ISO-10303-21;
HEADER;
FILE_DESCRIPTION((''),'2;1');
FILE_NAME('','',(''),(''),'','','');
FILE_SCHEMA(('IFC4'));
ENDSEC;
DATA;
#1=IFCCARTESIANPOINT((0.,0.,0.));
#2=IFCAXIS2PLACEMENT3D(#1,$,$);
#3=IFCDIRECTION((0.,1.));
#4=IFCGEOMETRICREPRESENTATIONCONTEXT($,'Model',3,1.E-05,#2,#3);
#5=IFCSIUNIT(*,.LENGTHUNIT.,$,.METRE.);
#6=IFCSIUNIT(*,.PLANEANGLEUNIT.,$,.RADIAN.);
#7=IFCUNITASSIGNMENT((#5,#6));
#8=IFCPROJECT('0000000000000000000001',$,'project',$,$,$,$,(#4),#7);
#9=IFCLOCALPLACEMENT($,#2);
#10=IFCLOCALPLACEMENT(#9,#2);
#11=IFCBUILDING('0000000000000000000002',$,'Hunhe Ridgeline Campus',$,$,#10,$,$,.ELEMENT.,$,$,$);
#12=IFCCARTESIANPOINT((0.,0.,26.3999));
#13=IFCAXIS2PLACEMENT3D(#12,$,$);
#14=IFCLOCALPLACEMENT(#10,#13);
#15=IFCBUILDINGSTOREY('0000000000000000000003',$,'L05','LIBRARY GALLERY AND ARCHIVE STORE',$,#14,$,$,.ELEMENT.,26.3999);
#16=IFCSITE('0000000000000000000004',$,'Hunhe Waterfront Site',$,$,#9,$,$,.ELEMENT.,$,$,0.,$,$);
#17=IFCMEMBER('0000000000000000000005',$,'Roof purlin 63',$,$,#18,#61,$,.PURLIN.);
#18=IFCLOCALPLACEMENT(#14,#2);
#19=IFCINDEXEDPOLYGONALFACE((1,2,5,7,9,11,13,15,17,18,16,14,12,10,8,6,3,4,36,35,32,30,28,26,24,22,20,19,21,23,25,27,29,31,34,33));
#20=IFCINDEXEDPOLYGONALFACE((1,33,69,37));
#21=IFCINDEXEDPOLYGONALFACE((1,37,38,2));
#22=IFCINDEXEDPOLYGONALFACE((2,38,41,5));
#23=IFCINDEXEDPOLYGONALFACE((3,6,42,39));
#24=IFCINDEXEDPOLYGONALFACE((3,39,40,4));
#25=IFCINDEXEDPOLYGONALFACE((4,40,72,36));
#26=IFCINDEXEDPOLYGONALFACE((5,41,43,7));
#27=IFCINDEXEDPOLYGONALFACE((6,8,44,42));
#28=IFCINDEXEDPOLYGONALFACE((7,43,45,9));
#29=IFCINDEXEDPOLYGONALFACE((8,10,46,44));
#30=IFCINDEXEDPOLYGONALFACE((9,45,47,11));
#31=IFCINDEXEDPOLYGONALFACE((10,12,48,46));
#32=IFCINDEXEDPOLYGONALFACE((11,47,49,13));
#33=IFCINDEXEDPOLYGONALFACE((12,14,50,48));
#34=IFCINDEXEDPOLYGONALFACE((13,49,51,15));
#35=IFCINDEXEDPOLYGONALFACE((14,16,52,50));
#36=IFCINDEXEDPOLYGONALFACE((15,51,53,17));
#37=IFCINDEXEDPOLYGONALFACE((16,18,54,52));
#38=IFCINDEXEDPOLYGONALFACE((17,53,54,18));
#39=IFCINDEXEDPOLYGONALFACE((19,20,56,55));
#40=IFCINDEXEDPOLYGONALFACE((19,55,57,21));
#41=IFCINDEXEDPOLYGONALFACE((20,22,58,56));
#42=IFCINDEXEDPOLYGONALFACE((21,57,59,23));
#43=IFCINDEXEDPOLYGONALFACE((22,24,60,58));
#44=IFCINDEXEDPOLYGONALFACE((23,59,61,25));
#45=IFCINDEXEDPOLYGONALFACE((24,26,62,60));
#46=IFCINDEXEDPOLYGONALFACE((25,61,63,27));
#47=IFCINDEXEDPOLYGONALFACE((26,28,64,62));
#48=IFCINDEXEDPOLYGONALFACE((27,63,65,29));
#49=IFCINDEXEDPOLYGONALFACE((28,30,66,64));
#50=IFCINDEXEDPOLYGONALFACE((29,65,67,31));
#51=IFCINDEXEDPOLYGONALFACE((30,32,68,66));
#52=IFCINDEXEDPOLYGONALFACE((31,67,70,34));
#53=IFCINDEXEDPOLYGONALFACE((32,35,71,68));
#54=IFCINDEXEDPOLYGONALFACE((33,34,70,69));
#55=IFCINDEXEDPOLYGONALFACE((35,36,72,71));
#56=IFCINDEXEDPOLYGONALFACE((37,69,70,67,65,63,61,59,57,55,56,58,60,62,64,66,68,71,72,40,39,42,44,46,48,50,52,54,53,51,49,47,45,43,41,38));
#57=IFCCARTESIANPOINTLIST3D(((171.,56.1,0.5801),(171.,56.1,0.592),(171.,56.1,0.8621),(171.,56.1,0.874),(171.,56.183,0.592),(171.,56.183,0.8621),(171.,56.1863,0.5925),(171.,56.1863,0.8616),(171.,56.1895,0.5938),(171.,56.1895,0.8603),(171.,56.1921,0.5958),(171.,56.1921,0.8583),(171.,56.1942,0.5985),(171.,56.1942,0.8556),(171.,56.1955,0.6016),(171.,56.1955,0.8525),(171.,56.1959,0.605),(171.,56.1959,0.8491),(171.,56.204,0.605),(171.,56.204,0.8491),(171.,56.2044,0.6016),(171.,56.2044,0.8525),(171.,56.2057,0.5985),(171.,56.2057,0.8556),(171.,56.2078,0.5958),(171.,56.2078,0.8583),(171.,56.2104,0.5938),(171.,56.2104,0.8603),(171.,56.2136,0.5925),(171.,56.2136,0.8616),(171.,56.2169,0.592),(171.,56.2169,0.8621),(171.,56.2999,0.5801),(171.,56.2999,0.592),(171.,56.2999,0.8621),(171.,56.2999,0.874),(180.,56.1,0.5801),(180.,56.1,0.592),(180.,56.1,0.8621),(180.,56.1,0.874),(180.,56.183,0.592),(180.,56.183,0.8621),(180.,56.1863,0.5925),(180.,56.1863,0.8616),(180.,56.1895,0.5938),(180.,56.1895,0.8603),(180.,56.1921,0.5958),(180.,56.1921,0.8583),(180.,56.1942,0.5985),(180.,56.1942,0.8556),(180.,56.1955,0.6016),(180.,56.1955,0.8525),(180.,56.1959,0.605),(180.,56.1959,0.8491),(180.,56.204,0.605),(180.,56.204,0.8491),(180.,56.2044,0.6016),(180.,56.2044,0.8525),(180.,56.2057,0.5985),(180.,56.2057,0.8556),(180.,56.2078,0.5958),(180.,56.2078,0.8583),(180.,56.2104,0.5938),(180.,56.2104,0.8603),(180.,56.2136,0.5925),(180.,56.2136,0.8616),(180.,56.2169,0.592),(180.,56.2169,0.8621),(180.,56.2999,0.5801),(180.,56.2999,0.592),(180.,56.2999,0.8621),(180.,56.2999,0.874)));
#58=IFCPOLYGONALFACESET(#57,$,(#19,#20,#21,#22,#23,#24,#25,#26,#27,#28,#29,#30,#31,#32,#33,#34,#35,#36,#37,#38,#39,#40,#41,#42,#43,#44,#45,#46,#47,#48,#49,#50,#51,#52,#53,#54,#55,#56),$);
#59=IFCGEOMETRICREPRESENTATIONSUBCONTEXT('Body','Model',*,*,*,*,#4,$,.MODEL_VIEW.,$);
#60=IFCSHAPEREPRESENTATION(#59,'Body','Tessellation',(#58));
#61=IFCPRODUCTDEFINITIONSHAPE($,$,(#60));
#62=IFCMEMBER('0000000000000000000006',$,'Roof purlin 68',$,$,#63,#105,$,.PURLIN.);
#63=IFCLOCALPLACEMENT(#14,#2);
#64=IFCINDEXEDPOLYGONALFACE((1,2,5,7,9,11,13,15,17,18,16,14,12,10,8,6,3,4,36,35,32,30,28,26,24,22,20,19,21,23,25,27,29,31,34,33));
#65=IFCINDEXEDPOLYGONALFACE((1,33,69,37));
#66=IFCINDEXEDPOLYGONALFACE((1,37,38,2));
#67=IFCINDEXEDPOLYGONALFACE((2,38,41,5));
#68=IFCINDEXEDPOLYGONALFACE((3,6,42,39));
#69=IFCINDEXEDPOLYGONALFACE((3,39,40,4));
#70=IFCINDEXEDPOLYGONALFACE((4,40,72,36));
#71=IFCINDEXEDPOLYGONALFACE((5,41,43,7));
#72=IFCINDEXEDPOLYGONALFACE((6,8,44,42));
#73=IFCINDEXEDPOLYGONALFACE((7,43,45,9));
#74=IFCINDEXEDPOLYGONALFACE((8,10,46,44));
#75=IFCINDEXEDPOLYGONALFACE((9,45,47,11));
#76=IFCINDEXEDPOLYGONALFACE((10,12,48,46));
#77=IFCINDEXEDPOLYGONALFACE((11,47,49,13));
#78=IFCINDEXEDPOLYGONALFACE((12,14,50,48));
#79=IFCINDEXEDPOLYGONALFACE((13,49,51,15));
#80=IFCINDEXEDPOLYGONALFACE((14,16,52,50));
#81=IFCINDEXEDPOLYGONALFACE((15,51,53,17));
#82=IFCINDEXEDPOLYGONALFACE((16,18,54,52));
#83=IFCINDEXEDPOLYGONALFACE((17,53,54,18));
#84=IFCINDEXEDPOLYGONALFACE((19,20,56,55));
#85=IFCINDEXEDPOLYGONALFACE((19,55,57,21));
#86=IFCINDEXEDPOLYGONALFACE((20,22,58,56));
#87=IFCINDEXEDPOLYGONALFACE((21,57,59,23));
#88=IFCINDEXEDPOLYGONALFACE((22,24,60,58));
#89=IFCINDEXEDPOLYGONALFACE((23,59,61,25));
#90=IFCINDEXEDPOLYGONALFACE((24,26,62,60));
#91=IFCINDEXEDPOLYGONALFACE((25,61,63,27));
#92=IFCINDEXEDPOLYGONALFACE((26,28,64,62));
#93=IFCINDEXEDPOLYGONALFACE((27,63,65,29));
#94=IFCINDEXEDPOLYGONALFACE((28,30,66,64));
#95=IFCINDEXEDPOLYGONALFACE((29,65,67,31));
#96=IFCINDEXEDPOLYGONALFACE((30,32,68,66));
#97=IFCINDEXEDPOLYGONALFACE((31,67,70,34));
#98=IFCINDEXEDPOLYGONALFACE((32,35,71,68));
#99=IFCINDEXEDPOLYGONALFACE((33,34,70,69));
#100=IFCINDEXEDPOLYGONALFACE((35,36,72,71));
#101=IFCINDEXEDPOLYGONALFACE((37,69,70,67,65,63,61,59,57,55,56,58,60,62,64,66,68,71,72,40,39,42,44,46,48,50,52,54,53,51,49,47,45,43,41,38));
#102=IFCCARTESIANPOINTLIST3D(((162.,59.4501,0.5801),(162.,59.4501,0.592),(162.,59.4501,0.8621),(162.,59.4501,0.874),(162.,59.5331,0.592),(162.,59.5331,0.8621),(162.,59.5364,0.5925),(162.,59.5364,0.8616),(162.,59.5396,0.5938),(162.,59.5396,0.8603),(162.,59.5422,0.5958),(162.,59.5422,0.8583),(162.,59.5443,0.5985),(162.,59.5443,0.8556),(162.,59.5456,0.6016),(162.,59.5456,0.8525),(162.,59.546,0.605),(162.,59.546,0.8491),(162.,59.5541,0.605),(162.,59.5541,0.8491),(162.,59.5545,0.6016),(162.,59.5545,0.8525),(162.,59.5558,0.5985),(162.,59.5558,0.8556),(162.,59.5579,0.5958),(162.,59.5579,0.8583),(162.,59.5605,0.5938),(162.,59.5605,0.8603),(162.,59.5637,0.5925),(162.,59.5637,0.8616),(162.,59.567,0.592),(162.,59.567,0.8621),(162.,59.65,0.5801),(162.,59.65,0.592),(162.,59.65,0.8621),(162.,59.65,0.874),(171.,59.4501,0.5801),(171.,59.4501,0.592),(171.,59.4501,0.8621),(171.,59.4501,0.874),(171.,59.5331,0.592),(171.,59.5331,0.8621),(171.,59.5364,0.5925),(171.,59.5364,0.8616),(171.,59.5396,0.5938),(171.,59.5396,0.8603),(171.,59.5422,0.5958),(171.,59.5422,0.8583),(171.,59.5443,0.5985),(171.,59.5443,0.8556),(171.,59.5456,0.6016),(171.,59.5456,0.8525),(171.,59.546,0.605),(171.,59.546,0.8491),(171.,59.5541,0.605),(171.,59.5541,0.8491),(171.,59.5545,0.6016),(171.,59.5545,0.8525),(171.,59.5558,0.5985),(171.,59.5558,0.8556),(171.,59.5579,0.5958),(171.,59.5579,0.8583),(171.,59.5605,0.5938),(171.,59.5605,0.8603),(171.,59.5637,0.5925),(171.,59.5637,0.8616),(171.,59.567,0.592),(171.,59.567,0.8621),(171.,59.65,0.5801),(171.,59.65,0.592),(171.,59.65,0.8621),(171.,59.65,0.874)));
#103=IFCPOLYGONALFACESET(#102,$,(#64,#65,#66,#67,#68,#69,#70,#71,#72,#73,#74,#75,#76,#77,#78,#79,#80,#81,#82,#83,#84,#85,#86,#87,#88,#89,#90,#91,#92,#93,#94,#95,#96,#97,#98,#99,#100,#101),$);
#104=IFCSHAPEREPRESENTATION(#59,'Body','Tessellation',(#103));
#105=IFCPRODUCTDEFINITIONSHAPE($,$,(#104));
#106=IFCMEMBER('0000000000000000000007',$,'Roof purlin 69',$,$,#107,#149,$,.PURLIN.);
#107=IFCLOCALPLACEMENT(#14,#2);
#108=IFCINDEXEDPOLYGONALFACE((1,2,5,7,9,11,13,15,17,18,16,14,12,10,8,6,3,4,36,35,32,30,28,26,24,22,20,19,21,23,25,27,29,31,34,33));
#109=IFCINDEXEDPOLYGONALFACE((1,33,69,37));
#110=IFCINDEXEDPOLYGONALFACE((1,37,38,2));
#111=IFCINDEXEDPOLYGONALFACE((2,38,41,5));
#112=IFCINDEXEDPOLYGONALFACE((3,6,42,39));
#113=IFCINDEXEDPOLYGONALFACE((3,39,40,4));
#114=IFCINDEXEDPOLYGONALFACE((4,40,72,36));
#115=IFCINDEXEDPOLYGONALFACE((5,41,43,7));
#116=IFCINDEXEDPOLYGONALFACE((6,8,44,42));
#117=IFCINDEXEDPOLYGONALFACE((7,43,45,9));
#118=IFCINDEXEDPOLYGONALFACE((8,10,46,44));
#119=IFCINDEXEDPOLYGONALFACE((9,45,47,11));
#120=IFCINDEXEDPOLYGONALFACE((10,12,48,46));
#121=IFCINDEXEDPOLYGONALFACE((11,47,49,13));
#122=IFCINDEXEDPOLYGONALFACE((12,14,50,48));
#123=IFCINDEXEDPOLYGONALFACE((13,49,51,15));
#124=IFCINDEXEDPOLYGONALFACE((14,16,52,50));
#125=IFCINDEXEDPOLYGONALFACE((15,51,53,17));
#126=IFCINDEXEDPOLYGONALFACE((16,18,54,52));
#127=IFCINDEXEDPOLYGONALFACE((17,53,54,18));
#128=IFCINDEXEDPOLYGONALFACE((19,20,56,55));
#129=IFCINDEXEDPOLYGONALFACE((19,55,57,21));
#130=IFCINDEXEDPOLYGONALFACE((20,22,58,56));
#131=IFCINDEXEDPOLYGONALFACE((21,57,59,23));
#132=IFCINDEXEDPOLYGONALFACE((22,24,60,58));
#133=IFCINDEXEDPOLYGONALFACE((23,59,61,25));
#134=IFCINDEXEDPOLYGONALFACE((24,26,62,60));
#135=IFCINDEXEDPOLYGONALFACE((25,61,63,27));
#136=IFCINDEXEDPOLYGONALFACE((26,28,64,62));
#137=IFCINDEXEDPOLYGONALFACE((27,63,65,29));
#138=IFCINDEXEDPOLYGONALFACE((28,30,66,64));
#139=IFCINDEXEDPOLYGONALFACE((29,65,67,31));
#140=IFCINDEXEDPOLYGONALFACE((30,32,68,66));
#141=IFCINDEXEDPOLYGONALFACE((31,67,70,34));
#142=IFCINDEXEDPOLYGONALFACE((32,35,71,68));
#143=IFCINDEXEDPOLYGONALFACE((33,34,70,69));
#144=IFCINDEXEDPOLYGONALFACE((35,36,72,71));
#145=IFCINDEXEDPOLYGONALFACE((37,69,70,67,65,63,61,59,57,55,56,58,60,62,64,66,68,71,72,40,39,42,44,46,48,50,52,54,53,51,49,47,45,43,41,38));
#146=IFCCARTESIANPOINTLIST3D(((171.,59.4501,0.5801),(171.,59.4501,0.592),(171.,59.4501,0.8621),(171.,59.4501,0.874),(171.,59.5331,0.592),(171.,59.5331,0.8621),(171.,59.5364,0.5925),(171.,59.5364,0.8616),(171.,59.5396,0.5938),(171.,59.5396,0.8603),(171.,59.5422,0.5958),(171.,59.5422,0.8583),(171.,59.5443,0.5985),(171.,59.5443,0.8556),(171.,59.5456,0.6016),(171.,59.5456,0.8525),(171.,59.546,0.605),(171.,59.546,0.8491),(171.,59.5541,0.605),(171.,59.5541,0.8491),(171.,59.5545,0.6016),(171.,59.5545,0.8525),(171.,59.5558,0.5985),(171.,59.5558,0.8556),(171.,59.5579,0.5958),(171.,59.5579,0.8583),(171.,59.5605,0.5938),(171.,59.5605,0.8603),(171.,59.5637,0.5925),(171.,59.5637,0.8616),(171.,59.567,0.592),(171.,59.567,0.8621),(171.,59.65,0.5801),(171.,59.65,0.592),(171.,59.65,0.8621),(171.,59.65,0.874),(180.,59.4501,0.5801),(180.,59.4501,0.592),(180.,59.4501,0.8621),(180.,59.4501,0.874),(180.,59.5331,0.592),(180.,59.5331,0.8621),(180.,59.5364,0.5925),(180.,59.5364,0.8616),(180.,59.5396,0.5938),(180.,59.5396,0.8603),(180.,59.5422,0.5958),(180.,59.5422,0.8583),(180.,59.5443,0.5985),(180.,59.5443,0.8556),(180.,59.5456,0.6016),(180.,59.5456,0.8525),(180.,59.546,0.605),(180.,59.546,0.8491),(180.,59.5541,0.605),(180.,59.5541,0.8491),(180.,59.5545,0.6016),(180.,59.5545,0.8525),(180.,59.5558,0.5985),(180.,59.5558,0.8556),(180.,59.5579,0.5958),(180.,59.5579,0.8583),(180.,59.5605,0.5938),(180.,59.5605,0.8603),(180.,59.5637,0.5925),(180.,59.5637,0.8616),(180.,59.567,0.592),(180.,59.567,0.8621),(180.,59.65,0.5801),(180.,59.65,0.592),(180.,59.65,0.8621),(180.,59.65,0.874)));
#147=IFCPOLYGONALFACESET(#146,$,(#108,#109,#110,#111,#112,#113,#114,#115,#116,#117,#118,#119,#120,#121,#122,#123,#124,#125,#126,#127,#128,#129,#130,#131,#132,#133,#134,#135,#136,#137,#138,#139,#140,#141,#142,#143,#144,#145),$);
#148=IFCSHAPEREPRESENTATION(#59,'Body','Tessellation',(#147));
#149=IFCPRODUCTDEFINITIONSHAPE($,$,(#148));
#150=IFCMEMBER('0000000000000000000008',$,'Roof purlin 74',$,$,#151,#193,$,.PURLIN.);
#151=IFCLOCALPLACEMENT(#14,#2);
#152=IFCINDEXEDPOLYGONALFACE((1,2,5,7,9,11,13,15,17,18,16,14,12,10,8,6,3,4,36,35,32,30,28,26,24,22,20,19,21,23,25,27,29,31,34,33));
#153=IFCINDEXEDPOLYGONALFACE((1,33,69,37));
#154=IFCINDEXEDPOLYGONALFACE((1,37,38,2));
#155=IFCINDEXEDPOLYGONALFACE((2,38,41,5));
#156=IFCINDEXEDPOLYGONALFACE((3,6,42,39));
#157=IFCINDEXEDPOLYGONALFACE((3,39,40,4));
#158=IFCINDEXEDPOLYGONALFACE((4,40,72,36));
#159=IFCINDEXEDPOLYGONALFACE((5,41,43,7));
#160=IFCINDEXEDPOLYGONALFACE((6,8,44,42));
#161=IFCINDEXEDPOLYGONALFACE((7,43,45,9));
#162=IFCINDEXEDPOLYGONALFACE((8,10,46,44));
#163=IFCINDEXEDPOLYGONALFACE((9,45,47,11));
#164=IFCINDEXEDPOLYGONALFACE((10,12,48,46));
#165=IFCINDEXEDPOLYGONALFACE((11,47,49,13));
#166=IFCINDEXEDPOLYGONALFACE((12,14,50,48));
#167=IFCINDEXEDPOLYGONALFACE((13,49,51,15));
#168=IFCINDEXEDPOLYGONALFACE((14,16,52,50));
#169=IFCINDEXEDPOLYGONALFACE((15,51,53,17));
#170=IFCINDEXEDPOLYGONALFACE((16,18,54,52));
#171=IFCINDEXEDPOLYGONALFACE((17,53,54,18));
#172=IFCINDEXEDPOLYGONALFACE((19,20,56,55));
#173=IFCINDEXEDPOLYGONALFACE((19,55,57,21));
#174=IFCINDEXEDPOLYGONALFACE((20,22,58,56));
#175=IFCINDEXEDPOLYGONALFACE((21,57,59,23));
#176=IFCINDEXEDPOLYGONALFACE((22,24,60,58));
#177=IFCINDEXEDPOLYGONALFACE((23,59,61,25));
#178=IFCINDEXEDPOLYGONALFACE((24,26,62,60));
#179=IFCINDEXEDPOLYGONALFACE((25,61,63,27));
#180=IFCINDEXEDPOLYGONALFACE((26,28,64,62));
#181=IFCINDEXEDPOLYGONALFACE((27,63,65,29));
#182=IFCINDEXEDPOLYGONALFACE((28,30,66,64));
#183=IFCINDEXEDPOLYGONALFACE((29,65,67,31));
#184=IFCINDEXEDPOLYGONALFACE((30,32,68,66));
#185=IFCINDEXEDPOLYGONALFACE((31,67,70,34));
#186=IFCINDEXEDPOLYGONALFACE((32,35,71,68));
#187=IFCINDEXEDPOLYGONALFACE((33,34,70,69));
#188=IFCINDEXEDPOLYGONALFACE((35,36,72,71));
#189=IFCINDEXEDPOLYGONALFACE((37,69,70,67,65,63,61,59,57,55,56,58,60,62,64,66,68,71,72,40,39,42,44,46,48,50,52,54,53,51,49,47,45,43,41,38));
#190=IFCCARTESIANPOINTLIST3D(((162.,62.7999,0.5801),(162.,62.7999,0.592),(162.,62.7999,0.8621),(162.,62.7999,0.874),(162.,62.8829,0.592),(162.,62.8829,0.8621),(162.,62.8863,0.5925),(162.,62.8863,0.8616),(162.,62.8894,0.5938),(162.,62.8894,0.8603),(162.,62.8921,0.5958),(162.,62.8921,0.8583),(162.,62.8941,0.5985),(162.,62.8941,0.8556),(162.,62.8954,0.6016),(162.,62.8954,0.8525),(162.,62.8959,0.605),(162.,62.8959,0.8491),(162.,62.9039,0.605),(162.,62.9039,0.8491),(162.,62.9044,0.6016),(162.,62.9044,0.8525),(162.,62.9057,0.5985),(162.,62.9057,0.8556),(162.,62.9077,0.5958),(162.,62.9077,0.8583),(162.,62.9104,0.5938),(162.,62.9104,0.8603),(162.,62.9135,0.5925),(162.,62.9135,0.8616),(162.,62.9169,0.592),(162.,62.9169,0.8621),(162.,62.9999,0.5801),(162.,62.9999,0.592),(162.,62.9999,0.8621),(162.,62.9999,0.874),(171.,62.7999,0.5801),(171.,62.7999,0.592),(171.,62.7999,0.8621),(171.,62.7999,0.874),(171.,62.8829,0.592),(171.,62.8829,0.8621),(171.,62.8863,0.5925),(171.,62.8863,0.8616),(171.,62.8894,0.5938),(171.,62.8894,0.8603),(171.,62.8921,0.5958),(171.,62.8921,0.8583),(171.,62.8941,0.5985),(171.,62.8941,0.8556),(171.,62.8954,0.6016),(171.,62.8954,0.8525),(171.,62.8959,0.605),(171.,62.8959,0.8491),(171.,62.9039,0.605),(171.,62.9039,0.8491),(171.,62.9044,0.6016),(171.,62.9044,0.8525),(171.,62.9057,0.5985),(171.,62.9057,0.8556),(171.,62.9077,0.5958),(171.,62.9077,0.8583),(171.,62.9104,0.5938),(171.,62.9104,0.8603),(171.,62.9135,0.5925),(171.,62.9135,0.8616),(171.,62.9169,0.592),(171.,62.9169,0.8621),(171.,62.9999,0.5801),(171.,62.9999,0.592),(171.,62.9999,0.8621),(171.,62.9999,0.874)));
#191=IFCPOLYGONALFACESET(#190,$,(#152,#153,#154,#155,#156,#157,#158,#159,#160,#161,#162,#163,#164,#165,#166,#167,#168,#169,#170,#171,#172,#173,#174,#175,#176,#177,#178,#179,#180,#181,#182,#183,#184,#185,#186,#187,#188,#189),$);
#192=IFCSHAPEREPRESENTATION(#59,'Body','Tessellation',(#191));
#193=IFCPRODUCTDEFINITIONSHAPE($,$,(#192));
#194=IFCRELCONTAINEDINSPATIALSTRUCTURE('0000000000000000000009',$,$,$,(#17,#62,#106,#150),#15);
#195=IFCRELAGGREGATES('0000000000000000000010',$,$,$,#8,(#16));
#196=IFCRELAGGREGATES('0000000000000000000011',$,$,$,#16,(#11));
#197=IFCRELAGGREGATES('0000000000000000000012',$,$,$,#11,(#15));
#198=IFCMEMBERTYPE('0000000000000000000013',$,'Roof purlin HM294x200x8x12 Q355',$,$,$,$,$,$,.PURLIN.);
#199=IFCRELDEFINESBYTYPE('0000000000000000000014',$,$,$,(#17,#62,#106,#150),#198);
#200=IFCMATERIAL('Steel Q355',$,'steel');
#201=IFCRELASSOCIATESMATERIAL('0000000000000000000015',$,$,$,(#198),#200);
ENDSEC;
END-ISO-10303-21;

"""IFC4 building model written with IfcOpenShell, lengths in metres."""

from ifc_helpers import new_model, si_unit, direction, frame, origin, origin_2d, place, context, subcontext, project, spatial, i_section, extrude, material, material_profile, profile_set, type_object, element, save


model = new_model("IFC4")

# Units and contexts
model_context = context("Model", 3, precision=1e-05, world=origin(), true_north=direction((0.0, 1.0)))
body_context = subcontext(model_context, "Body", "Model", "MODEL_VIEW")
ifc_project = project(units=[si_unit("LENGTHUNIT", "METRE"), si_unit("PLANEANGLEUNIT", "RADIAN")], contexts=[model_context])

# Site, building, storey
site_placement = place(None, origin())
site = spatial("IfcSite", under=ifc_project, at=site_placement, Name="Hunhe Waterfront Site", CompositionType="ELEMENT", RefElevation=0.0)
building_placement = place(site_placement, origin())
building = spatial("IfcBuilding", under=site, at=building_placement, Name="Hunhe Ridgeline Campus", CompositionType="ELEMENT")
storey_placement = place(building_placement, frame((0.0, 0.0, 26.3999)))
storey = spatial("IfcBuildingStorey", under=building, at=storey_placement, Name="L05", Description="LIBRARY GALLERY AND ARCHIVE STORE", CompositionType="ELEMENT", Elevation=26.3999)

# Members
ifc_material = material(Name="Steel Q355", Category="steel")
ifc_material_profile_1 = material_profile(ifc_material, i_section(OverallWidth=0.2, OverallDepth=0.2939, WebThickness=0.0081, FlangeThickness=0.012, FilletRadius=0.0129, at=origin_2d()))
ifc_profile_set_1 = profile_set([ifc_material_profile_1], Name="Steel Q355")
member_type_1 = type_object("IfcMemberType", Name="Roof purlin HM294x200x8x12 Q355", PredefinedType="PURLIN", material=ifc_profile_set_1)
for number, where, z_axis, x_axis, name in (
    (1, (171.0, 56.2, 0.7271), (1.0, 0.0, 0.0), (0.0, 1.0, 0.0), "Roof purlin 63"),
    (2, (162.0, 59.55, 0.7271), (1.0, 0.0, 0.0), (0.0, 1.0, 0.0), "Roof purlin 68"),
    (3, (171.0, 59.55, 0.7271), (1.0, 0.0, 0.0), (0.0, 1.0, 0.0), "Roof purlin 69"),
    (4, (162.0, 62.8999, 0.7271), (1.0, 0.0, 0.0), (0.0, 1.0, 0.0), "Roof purlin 74"),
):
    element("IfcMember", number, at=place(storey_placement, frame(where, z_axis=z_axis, x_axis=x_axis)), inside=storey, type_object=member_type_1, Name=name, PredefinedType="PURLIN", context=body_context, shape_type="SweptSolid", body=[
        extrude(i_section(OverallWidth=0.2, OverallDepth=0.2939, WebThickness=0.0081, FlangeThickness=0.012, FilletRadius=0.0129, at=origin_2d()), origin(), (0.0, 0.0, 1.0), 9.0),
    ])

save(model, "model.ifc")
